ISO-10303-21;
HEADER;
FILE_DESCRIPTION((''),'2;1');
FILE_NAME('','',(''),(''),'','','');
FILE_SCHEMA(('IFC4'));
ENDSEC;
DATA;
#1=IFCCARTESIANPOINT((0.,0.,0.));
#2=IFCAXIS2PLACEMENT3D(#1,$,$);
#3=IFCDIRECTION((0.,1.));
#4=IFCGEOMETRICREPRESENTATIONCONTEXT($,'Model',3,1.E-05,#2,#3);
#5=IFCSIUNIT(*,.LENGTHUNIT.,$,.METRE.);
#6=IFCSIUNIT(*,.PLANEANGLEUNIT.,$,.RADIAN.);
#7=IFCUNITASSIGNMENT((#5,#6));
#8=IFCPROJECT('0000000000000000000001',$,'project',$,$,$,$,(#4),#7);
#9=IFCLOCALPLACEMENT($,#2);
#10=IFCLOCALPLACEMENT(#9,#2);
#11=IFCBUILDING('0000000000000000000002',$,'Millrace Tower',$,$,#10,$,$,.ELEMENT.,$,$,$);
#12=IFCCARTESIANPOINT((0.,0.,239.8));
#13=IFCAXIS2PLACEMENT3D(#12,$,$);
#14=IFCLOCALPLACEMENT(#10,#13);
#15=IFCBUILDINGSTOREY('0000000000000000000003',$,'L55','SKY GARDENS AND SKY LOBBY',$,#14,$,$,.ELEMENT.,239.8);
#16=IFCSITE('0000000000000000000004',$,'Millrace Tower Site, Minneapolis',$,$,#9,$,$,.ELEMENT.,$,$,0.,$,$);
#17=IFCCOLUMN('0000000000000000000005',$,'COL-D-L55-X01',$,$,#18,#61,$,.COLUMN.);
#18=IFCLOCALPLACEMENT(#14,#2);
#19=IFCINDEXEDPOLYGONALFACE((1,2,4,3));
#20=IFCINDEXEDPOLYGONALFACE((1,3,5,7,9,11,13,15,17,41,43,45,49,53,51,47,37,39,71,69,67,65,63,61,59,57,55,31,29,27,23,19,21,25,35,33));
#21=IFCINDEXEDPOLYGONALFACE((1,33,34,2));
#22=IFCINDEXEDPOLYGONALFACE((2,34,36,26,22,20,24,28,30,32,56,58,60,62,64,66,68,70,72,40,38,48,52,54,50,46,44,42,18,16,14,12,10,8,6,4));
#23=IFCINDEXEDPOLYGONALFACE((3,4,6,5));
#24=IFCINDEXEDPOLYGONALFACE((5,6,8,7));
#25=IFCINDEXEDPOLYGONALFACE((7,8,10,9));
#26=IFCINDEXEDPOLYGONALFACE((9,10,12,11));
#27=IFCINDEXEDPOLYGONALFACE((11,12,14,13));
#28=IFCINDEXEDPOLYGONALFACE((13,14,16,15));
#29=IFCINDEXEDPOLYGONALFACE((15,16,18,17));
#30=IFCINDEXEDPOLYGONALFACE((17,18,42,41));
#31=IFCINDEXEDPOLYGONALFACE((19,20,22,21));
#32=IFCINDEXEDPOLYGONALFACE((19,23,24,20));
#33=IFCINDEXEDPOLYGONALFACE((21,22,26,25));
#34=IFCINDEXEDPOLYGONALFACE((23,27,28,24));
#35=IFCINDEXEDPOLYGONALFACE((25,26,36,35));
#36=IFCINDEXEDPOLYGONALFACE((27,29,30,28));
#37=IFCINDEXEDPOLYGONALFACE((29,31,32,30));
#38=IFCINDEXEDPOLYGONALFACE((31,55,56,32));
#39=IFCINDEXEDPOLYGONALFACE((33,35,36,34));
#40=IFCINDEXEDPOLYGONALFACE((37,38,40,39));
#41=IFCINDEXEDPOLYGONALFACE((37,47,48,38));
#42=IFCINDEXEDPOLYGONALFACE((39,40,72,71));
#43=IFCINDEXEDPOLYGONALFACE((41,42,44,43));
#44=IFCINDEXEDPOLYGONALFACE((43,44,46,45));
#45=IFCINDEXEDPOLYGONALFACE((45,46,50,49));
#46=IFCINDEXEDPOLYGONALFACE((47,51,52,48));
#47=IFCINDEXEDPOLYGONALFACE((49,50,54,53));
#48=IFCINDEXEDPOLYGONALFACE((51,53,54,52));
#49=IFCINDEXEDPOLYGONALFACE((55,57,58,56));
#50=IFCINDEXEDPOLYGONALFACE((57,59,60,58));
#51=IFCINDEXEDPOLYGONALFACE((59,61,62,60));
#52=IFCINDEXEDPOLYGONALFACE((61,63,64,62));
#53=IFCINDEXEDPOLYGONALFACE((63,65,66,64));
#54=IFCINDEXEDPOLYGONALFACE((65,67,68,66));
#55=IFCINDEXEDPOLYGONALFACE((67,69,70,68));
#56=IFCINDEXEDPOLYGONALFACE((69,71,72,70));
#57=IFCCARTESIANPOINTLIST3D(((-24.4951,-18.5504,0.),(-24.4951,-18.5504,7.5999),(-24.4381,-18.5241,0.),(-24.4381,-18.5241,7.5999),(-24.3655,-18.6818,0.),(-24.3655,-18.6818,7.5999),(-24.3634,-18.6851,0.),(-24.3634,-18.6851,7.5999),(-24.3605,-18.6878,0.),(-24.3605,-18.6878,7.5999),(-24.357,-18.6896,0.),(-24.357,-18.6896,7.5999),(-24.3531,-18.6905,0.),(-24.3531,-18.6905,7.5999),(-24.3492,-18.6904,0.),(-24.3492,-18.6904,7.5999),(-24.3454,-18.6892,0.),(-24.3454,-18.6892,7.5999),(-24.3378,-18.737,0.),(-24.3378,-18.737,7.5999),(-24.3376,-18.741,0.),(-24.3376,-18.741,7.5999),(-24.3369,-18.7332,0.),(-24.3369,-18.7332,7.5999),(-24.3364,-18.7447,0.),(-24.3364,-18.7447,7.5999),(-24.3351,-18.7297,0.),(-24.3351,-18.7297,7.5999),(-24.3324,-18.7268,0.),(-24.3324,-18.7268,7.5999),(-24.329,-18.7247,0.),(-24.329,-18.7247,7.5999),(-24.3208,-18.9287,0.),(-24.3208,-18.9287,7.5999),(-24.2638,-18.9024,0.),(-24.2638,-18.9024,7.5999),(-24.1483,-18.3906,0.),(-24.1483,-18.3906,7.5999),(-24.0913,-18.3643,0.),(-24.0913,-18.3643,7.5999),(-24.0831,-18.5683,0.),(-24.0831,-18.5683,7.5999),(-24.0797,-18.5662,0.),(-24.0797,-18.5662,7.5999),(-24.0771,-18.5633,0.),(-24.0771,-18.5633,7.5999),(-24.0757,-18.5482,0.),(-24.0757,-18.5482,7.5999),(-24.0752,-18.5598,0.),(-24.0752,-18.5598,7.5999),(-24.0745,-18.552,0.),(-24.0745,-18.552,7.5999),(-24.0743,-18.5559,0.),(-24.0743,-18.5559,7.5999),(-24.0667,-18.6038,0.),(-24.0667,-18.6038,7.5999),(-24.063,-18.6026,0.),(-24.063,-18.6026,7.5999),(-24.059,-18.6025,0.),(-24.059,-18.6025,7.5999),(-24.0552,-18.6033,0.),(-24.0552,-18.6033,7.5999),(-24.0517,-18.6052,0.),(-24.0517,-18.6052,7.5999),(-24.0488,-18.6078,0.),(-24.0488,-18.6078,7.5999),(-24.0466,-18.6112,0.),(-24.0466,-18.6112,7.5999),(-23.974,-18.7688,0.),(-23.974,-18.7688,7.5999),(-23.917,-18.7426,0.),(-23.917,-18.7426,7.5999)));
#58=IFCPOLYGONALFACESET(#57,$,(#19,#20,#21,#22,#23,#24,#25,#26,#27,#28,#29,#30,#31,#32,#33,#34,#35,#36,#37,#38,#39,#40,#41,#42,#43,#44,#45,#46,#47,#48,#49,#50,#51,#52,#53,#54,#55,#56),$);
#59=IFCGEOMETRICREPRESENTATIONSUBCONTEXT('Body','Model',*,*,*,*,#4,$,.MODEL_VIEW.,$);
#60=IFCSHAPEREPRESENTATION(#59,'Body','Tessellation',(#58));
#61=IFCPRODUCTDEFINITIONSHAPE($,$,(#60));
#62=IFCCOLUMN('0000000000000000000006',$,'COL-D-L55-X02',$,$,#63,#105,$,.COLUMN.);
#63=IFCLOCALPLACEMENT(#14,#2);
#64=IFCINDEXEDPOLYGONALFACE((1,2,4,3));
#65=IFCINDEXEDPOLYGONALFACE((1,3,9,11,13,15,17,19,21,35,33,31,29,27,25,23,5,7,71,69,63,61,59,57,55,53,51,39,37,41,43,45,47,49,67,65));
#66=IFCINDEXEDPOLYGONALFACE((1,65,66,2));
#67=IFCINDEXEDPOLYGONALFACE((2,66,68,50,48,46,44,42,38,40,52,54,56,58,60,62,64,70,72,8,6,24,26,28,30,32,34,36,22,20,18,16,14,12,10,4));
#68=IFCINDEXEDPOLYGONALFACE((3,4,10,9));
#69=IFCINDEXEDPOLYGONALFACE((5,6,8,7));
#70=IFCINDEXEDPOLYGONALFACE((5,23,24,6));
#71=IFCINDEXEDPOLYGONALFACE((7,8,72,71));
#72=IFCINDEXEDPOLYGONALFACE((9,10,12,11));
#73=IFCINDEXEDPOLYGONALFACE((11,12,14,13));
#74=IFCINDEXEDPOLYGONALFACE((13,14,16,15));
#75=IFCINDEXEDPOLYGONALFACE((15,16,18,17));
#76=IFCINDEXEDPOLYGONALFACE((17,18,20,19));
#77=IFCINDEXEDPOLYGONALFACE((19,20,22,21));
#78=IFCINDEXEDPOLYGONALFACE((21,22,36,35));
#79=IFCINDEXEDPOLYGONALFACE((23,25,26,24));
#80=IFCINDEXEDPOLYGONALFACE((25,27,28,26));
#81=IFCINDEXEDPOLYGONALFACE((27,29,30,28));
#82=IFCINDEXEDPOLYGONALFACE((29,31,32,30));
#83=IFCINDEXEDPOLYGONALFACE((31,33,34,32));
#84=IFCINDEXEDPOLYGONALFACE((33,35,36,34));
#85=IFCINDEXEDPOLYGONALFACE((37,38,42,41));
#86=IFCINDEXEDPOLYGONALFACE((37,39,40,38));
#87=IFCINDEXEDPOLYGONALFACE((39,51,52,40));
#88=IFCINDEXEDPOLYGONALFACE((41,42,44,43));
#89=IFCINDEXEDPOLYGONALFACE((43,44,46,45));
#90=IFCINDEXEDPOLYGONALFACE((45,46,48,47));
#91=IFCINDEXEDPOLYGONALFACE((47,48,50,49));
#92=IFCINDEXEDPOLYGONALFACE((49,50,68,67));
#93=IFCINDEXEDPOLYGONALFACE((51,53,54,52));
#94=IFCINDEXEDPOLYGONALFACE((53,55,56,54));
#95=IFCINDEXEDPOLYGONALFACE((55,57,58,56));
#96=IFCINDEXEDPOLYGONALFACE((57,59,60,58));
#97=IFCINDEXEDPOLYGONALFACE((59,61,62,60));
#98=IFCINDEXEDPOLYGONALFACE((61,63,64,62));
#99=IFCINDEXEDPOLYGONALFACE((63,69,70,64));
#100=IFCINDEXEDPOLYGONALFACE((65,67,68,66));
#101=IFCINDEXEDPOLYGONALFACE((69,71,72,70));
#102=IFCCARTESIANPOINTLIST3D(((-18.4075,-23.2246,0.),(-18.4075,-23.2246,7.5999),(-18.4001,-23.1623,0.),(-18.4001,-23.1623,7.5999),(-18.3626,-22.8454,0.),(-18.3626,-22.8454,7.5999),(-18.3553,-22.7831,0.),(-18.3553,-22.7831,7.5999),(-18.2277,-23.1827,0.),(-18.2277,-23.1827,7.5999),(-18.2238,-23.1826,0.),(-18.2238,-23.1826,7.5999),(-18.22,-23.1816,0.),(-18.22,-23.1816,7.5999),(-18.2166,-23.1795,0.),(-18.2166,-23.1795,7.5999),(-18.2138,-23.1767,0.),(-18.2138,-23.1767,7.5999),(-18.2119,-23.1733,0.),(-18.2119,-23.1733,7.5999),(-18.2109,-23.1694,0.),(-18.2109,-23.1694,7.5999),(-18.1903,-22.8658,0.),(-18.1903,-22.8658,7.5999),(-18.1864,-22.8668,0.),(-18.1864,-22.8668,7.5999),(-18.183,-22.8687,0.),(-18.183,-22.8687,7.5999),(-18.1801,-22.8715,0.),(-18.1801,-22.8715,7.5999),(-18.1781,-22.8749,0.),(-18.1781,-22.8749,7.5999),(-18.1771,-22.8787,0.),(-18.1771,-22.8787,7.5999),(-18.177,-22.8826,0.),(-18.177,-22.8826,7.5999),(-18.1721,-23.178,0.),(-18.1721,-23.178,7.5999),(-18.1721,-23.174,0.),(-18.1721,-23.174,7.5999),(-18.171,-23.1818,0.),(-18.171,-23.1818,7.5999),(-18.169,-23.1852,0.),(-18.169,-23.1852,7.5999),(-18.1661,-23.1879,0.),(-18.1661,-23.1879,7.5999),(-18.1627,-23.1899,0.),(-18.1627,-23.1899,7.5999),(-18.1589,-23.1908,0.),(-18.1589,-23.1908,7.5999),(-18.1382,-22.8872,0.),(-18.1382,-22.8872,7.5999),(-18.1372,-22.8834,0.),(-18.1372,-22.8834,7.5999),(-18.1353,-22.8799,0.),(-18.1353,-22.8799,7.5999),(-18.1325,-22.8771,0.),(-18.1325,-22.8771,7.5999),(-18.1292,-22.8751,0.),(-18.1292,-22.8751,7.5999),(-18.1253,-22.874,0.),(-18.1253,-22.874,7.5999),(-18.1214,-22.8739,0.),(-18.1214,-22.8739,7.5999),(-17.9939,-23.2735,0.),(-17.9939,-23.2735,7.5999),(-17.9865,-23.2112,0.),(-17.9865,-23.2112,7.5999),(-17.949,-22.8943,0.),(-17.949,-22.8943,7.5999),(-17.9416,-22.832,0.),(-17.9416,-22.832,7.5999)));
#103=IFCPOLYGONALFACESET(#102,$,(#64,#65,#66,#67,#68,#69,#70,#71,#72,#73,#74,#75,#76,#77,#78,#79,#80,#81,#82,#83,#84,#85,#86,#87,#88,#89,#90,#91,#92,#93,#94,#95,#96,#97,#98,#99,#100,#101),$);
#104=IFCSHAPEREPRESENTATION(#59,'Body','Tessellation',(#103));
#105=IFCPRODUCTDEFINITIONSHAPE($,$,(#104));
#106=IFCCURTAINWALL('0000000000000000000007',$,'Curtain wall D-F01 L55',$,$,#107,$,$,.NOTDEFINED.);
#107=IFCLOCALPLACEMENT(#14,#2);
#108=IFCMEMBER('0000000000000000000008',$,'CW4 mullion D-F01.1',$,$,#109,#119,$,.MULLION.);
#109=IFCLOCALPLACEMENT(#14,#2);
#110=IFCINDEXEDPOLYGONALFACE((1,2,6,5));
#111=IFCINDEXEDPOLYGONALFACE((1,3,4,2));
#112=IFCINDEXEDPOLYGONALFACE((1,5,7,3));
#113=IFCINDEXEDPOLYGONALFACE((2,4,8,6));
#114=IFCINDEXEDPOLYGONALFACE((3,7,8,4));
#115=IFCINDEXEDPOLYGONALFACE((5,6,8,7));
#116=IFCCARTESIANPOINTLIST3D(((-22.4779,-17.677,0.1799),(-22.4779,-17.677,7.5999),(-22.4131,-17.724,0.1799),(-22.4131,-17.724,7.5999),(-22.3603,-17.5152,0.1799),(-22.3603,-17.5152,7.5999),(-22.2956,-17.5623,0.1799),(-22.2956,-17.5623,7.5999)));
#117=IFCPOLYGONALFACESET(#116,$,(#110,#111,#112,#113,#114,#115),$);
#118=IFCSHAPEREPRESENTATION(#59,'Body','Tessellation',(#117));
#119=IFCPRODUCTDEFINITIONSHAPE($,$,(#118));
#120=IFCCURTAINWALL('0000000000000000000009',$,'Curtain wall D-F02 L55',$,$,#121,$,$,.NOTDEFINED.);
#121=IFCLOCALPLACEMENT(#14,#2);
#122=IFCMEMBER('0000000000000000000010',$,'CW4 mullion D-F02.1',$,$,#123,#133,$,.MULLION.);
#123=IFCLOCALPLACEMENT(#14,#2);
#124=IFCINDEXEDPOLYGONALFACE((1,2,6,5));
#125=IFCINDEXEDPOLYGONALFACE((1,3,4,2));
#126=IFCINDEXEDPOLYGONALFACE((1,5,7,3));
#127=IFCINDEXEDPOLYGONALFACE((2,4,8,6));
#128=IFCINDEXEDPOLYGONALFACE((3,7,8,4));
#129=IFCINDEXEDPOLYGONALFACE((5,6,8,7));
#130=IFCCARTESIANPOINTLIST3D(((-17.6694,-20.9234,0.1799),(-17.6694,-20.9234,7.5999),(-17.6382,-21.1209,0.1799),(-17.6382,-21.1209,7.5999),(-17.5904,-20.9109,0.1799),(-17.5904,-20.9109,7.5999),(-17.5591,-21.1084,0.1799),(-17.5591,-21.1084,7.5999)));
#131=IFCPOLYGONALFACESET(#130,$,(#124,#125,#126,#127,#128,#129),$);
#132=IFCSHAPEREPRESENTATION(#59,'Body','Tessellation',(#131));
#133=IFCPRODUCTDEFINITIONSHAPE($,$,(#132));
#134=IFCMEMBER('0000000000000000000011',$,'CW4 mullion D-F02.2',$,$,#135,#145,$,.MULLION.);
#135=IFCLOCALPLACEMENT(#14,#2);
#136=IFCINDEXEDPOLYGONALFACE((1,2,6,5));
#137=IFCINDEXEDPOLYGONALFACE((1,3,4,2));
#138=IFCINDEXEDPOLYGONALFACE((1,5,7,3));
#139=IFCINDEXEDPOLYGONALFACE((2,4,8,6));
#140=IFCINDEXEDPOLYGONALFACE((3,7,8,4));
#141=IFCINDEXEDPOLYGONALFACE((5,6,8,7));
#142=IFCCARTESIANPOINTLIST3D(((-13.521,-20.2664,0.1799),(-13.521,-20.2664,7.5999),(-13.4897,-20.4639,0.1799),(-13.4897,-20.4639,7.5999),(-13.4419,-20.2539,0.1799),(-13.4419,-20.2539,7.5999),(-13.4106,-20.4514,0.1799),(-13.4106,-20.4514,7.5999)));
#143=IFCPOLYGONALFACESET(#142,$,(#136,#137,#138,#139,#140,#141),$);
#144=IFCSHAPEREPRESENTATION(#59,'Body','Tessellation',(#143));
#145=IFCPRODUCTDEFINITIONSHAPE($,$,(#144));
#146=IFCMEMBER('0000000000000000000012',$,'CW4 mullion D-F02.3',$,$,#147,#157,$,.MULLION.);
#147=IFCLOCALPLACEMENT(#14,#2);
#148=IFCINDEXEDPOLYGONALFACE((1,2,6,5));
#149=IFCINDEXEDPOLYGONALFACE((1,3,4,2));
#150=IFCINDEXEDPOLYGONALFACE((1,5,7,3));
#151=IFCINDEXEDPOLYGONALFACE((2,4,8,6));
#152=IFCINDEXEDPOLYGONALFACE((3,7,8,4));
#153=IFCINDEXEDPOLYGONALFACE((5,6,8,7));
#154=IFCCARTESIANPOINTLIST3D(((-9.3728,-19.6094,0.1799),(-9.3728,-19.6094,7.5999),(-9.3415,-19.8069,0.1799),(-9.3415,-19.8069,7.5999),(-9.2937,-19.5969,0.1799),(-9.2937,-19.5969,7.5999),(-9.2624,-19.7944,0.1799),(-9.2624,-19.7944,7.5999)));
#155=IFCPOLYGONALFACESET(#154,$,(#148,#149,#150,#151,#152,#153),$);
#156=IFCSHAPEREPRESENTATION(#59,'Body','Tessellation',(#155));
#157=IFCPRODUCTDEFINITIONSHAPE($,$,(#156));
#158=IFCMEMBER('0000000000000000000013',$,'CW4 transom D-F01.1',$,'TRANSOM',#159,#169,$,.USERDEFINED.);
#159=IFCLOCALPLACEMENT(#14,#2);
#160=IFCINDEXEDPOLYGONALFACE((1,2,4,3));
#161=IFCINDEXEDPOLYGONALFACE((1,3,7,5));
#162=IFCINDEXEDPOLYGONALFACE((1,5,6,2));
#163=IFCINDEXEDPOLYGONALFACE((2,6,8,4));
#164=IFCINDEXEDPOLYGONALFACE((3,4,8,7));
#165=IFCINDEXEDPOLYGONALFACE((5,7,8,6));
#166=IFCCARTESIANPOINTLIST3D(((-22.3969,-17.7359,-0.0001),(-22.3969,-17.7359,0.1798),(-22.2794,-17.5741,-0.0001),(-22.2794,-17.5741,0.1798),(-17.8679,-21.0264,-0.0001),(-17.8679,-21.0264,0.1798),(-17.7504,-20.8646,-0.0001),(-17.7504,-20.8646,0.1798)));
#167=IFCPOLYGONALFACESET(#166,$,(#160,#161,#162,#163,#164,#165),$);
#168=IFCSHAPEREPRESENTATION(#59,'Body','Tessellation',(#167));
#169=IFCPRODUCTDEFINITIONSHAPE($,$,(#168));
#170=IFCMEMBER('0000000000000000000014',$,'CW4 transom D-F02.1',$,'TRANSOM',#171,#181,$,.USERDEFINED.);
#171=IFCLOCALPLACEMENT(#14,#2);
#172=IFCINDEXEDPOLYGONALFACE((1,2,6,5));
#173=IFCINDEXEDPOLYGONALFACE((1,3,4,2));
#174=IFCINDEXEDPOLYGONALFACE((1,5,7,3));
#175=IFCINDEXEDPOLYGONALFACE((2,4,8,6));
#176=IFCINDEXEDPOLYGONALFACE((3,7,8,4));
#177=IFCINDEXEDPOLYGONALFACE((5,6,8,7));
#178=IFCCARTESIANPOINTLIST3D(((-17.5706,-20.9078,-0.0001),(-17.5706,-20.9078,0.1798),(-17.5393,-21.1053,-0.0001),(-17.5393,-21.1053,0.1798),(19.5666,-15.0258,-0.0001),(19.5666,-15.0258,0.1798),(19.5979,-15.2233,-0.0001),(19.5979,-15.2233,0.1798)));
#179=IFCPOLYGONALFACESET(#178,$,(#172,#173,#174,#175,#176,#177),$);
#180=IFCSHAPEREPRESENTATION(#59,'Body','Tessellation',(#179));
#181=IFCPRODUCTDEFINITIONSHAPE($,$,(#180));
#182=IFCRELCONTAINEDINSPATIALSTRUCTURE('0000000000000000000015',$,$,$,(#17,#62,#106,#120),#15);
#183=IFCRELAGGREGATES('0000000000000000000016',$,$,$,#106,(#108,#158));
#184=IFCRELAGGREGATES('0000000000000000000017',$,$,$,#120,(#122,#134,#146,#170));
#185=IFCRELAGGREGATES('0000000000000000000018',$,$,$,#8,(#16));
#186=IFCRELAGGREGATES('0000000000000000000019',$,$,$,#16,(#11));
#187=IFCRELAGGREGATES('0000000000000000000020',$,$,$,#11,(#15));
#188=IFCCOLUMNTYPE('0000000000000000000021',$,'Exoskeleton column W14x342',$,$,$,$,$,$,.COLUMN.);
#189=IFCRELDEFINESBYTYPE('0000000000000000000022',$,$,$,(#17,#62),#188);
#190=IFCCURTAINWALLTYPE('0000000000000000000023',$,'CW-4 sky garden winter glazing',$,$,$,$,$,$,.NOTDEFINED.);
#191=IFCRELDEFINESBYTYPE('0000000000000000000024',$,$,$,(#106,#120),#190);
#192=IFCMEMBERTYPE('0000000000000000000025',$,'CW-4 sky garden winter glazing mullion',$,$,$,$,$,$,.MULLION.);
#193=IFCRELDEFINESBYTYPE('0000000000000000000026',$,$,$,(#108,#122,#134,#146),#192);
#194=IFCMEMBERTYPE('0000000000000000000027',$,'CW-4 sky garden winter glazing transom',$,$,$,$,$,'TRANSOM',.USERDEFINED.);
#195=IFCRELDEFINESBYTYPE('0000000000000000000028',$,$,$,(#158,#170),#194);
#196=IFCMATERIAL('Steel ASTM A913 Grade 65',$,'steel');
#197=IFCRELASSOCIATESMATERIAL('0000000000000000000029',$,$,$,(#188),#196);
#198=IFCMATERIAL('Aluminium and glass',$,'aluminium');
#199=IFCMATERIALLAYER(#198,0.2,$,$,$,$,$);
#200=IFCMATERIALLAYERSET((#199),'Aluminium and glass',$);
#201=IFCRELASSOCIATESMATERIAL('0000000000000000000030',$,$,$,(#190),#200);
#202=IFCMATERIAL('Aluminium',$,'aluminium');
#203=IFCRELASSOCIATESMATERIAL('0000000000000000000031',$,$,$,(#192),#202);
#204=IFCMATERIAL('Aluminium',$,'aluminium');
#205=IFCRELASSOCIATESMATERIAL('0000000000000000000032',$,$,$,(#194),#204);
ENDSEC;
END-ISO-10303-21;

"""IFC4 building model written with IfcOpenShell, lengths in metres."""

from ifc_helpers import new_model, si_unit, direction, frame, origin, origin_2d, place, context, subcontext, project, spatial, rectangle, i_section, extrude, material, layer, layer_set, material_profile, profile_set, type_object, element, aggregate, save


model = new_model("IFC4")

# Units and contexts
model_context = context("Model", 3, precision=1e-05, world=origin(), true_north=direction((0.0, 1.0)))
body_context = subcontext(model_context, "Body", "Model", "MODEL_VIEW")
ifc_project = project(units=[si_unit("LENGTHUNIT", "METRE"), si_unit("PLANEANGLEUNIT", "RADIAN")], contexts=[model_context])

# Site, building, storey
site_placement = place(None, origin())
site = spatial("IfcSite", under=ifc_project, at=site_placement, Name="Millrace Tower Site, Minneapolis", CompositionType="ELEMENT", RefElevation=0.0)
building_placement = place(site_placement, origin())
building = spatial("IfcBuilding", under=site, at=building_placement, Name="Millrace Tower", CompositionType="ELEMENT")
storey_placement = place(building_placement, frame((0.0, 0.0, 239.8)))
storey = spatial("IfcBuildingStorey", under=building, at=storey_placement, Name="L55", Description="SKY GARDENS AND SKY LOBBY", CompositionType="ELEMENT", Elevation=239.8)

# Columns
ifc_material_1 = material(Name="Steel ASTM A913 Grade 65", Category="steel")
ifc_material_profile_1 = material_profile(ifc_material_1, i_section(OverallWidth=0.4165, OverallDepth=0.4446, WebThickness=0.0391, FlangeThickness=0.0627, FilletRadius=0.0151, at=origin_2d()))
ifc_profile_set_1 = profile_set([ifc_material_profile_1], Name="Steel ASTM A913 Grade 65")
column_type = type_object("IfcColumnType", Name="Exoskeleton column W14x342", PredefinedType="COLUMN", material=ifc_profile_set_1)
for number, where, z_axis, x_axis, name in (
    (1, (-24.2061, -18.6465, 0.0), (0.0, 0.0, 1.0), (0.418553, -0.908192, 0.0), "COL-D-L55-X01"),
    (2, (-18.1746, -23.0283, 0.0), (0.0, 0.0, 1.0), (0.993082, -0.117421, 0.0), "COL-D-L55-X02"),
):
    element("IfcColumn", number, at=place(storey_placement, frame(where, z_axis=z_axis, x_axis=x_axis)), inside=storey, type_object=column_type, Name=name, PredefinedType="COLUMN", context=body_context, shape_type="SweptSolid", body=[
        extrude(i_section(OverallWidth=0.4165, OverallDepth=0.4446, WebThickness=0.0391, FlangeThickness=0.0627, FilletRadius=0.0151, at=origin_2d()), origin(), (0.0, 0.0, 1.0), 7.5999),
    ])

# Curtain wall, member
ifc_material_2 = material(Name="Aluminium and glass", Category="aluminium")
ifc_layer_1 = layer(ifc_material_2, 0.2)
ifc_layer_set_1 = layer_set([ifc_layer_1], Name="Aluminium and glass")
curtain_wall_type = type_object("IfcCurtainWallType", Name="CW-4 sky garden winter glazing", PredefinedType="NOTDEFINED", material=ifc_layer_set_1)
placement = place(storey_placement, origin())
curtain_wall_1 = element("IfcCurtainWall", 3, at=placement, inside=storey, type_object=curtain_wall_type, Name="Curtain wall D-F01 L55", PredefinedType="NOTDEFINED")
ifc_material_3 = material(Name="Aluminium", Category="aluminium")
ifc_material_profile_2 = material_profile(ifc_material_3, rectangle(XDim=0.0801, YDim=0.2, at=origin_2d()))
ifc_profile_set_2 = profile_set([ifc_material_profile_2], Name="Aluminium")
member_type_1 = type_object("IfcMemberType", Name="CW-4 sky garden winter glazing mullion", PredefinedType="MULLION", material=ifc_profile_set_2)
member_1_placement = place(storey_placement, frame((-22.3867, -17.6196, 0.1799), z_axis=(0.0, 0.0, 1.0), x_axis=(0.809017, -0.587785, 0.0)))
member_1 = element("IfcMember", 4, at=member_1_placement, type_object=member_type_1, Name="CW4 mullion D-F01.1", PredefinedType="MULLION", context=body_context, shape_type="SweptSolid", body=[
    extrude(rectangle(XDim=0.0801, YDim=0.2, at=origin_2d()), origin(), (0.0, 0.0, 1.0), 7.4199),
])

# Curtain wall, members
curtain_wall_2 = element("IfcCurtainWall", 5, at=placement, inside=storey, type_object=curtain_wall_type, Name="Curtain wall D-F02 L55", PredefinedType="NOTDEFINED")
member_2_placement = place(storey_placement, frame((-17.6143, -21.0159, 0.1799), z_axis=(0.0, 0.0, 1.0), x_axis=(0.987688, 0.156434, 0.0)))
member_2 = element("IfcMember", 6, at=member_2_placement, type_object=member_type_1, Name="CW4 mullion D-F02.1", PredefinedType="MULLION", context=body_context, shape_type="SweptSolid", body=[
    extrude(rectangle(XDim=0.0801, YDim=0.2, at=origin_2d()), origin(), (0.0, 0.0, 1.0), 7.4199),
])
member_3_placement = place(storey_placement, frame((-13.4658, -20.3589, 0.1799), z_axis=(0.0, 0.0, 1.0), x_axis=(0.987688, 0.156434, 0.0)))
member_3 = element("IfcMember", 7, at=member_3_placement, type_object=member_type_1, Name="CW4 mullion D-F02.2", PredefinedType="MULLION", context=body_context, shape_type="SweptSolid", body=[
    extrude(rectangle(XDim=0.0801, YDim=0.2, at=origin_2d()), origin(), (0.0, 0.0, 1.0), 7.4199),
])
member_4_placement = place(storey_placement, frame((-9.3176, -19.7019, 0.1799), z_axis=(0.0, 0.0, 1.0), x_axis=(0.987688, 0.156434, 0.0)))
member_4 = element("IfcMember", 8, at=member_4_placement, type_object=member_type_1, Name="CW4 mullion D-F02.3", PredefinedType="MULLION", context=body_context, shape_type="SweptSolid", body=[
    extrude(rectangle(XDim=0.0801, YDim=0.2, at=origin_2d()), origin(), (0.0, 0.0, 1.0), 7.4199),
])

# Members
ifc_material_4 = material(Name="Aluminium", Category="aluminium")
ifc_material_profile_3 = material_profile(ifc_material_4, rectangle(XDim=0.2, YDim=0.1799, at=origin_2d()))
ifc_profile_set_3 = profile_set([ifc_material_profile_3], Name="Aluminium")
member_type_2 = type_object("IfcMemberType", Name="CW-4 sky garden winter glazing transom", ElementType="TRANSOM", PredefinedType="USERDEFINED", material=ifc_profile_set_3)
member_5_placement = place(storey_placement, frame((-22.3381, -17.655, 0.0898), z_axis=(0.809019, -0.587783, 0.0), x_axis=(0.587783, 0.809019, 0.0)))
member_5 = element("IfcMember", 9, at=member_5_placement, type_object=member_type_2, Name="CW4 transom D-F01.1", ObjectType="TRANSOM", PredefinedType="USERDEFINED", context=body_context, shape_type="SweptSolid", body=[
    extrude(rectangle(XDim=0.2, YDim=0.1799, at=origin_2d()), origin(), (0.0, 0.0, 1.0), 5.5981),
])
aggregate(curtain_wall_1, [member_1, member_5])
member_6_placement = place(storey_placement, frame((-17.5549, -21.0066, 0.0898), z_axis=(0.987688, 0.156438, 0.0), x_axis=(-0.156438, 0.987688, 0.0)))
member_6 = element("IfcMember", 10, at=member_6_placement, type_object=member_type_2, Name="CW4 transom D-F02.1", ObjectType="TRANSOM", PredefinedType="USERDEFINED", context=body_context, shape_type="SweptSolid", body=[
    extrude(rectangle(XDim=0.2, YDim=0.1799, at=origin_2d()), origin(), (0.0, 0.0, 1.0), 37.6001),
])
aggregate(curtain_wall_2, [member_2, member_3, member_4, member_6])

save(model, "model.ifc")
